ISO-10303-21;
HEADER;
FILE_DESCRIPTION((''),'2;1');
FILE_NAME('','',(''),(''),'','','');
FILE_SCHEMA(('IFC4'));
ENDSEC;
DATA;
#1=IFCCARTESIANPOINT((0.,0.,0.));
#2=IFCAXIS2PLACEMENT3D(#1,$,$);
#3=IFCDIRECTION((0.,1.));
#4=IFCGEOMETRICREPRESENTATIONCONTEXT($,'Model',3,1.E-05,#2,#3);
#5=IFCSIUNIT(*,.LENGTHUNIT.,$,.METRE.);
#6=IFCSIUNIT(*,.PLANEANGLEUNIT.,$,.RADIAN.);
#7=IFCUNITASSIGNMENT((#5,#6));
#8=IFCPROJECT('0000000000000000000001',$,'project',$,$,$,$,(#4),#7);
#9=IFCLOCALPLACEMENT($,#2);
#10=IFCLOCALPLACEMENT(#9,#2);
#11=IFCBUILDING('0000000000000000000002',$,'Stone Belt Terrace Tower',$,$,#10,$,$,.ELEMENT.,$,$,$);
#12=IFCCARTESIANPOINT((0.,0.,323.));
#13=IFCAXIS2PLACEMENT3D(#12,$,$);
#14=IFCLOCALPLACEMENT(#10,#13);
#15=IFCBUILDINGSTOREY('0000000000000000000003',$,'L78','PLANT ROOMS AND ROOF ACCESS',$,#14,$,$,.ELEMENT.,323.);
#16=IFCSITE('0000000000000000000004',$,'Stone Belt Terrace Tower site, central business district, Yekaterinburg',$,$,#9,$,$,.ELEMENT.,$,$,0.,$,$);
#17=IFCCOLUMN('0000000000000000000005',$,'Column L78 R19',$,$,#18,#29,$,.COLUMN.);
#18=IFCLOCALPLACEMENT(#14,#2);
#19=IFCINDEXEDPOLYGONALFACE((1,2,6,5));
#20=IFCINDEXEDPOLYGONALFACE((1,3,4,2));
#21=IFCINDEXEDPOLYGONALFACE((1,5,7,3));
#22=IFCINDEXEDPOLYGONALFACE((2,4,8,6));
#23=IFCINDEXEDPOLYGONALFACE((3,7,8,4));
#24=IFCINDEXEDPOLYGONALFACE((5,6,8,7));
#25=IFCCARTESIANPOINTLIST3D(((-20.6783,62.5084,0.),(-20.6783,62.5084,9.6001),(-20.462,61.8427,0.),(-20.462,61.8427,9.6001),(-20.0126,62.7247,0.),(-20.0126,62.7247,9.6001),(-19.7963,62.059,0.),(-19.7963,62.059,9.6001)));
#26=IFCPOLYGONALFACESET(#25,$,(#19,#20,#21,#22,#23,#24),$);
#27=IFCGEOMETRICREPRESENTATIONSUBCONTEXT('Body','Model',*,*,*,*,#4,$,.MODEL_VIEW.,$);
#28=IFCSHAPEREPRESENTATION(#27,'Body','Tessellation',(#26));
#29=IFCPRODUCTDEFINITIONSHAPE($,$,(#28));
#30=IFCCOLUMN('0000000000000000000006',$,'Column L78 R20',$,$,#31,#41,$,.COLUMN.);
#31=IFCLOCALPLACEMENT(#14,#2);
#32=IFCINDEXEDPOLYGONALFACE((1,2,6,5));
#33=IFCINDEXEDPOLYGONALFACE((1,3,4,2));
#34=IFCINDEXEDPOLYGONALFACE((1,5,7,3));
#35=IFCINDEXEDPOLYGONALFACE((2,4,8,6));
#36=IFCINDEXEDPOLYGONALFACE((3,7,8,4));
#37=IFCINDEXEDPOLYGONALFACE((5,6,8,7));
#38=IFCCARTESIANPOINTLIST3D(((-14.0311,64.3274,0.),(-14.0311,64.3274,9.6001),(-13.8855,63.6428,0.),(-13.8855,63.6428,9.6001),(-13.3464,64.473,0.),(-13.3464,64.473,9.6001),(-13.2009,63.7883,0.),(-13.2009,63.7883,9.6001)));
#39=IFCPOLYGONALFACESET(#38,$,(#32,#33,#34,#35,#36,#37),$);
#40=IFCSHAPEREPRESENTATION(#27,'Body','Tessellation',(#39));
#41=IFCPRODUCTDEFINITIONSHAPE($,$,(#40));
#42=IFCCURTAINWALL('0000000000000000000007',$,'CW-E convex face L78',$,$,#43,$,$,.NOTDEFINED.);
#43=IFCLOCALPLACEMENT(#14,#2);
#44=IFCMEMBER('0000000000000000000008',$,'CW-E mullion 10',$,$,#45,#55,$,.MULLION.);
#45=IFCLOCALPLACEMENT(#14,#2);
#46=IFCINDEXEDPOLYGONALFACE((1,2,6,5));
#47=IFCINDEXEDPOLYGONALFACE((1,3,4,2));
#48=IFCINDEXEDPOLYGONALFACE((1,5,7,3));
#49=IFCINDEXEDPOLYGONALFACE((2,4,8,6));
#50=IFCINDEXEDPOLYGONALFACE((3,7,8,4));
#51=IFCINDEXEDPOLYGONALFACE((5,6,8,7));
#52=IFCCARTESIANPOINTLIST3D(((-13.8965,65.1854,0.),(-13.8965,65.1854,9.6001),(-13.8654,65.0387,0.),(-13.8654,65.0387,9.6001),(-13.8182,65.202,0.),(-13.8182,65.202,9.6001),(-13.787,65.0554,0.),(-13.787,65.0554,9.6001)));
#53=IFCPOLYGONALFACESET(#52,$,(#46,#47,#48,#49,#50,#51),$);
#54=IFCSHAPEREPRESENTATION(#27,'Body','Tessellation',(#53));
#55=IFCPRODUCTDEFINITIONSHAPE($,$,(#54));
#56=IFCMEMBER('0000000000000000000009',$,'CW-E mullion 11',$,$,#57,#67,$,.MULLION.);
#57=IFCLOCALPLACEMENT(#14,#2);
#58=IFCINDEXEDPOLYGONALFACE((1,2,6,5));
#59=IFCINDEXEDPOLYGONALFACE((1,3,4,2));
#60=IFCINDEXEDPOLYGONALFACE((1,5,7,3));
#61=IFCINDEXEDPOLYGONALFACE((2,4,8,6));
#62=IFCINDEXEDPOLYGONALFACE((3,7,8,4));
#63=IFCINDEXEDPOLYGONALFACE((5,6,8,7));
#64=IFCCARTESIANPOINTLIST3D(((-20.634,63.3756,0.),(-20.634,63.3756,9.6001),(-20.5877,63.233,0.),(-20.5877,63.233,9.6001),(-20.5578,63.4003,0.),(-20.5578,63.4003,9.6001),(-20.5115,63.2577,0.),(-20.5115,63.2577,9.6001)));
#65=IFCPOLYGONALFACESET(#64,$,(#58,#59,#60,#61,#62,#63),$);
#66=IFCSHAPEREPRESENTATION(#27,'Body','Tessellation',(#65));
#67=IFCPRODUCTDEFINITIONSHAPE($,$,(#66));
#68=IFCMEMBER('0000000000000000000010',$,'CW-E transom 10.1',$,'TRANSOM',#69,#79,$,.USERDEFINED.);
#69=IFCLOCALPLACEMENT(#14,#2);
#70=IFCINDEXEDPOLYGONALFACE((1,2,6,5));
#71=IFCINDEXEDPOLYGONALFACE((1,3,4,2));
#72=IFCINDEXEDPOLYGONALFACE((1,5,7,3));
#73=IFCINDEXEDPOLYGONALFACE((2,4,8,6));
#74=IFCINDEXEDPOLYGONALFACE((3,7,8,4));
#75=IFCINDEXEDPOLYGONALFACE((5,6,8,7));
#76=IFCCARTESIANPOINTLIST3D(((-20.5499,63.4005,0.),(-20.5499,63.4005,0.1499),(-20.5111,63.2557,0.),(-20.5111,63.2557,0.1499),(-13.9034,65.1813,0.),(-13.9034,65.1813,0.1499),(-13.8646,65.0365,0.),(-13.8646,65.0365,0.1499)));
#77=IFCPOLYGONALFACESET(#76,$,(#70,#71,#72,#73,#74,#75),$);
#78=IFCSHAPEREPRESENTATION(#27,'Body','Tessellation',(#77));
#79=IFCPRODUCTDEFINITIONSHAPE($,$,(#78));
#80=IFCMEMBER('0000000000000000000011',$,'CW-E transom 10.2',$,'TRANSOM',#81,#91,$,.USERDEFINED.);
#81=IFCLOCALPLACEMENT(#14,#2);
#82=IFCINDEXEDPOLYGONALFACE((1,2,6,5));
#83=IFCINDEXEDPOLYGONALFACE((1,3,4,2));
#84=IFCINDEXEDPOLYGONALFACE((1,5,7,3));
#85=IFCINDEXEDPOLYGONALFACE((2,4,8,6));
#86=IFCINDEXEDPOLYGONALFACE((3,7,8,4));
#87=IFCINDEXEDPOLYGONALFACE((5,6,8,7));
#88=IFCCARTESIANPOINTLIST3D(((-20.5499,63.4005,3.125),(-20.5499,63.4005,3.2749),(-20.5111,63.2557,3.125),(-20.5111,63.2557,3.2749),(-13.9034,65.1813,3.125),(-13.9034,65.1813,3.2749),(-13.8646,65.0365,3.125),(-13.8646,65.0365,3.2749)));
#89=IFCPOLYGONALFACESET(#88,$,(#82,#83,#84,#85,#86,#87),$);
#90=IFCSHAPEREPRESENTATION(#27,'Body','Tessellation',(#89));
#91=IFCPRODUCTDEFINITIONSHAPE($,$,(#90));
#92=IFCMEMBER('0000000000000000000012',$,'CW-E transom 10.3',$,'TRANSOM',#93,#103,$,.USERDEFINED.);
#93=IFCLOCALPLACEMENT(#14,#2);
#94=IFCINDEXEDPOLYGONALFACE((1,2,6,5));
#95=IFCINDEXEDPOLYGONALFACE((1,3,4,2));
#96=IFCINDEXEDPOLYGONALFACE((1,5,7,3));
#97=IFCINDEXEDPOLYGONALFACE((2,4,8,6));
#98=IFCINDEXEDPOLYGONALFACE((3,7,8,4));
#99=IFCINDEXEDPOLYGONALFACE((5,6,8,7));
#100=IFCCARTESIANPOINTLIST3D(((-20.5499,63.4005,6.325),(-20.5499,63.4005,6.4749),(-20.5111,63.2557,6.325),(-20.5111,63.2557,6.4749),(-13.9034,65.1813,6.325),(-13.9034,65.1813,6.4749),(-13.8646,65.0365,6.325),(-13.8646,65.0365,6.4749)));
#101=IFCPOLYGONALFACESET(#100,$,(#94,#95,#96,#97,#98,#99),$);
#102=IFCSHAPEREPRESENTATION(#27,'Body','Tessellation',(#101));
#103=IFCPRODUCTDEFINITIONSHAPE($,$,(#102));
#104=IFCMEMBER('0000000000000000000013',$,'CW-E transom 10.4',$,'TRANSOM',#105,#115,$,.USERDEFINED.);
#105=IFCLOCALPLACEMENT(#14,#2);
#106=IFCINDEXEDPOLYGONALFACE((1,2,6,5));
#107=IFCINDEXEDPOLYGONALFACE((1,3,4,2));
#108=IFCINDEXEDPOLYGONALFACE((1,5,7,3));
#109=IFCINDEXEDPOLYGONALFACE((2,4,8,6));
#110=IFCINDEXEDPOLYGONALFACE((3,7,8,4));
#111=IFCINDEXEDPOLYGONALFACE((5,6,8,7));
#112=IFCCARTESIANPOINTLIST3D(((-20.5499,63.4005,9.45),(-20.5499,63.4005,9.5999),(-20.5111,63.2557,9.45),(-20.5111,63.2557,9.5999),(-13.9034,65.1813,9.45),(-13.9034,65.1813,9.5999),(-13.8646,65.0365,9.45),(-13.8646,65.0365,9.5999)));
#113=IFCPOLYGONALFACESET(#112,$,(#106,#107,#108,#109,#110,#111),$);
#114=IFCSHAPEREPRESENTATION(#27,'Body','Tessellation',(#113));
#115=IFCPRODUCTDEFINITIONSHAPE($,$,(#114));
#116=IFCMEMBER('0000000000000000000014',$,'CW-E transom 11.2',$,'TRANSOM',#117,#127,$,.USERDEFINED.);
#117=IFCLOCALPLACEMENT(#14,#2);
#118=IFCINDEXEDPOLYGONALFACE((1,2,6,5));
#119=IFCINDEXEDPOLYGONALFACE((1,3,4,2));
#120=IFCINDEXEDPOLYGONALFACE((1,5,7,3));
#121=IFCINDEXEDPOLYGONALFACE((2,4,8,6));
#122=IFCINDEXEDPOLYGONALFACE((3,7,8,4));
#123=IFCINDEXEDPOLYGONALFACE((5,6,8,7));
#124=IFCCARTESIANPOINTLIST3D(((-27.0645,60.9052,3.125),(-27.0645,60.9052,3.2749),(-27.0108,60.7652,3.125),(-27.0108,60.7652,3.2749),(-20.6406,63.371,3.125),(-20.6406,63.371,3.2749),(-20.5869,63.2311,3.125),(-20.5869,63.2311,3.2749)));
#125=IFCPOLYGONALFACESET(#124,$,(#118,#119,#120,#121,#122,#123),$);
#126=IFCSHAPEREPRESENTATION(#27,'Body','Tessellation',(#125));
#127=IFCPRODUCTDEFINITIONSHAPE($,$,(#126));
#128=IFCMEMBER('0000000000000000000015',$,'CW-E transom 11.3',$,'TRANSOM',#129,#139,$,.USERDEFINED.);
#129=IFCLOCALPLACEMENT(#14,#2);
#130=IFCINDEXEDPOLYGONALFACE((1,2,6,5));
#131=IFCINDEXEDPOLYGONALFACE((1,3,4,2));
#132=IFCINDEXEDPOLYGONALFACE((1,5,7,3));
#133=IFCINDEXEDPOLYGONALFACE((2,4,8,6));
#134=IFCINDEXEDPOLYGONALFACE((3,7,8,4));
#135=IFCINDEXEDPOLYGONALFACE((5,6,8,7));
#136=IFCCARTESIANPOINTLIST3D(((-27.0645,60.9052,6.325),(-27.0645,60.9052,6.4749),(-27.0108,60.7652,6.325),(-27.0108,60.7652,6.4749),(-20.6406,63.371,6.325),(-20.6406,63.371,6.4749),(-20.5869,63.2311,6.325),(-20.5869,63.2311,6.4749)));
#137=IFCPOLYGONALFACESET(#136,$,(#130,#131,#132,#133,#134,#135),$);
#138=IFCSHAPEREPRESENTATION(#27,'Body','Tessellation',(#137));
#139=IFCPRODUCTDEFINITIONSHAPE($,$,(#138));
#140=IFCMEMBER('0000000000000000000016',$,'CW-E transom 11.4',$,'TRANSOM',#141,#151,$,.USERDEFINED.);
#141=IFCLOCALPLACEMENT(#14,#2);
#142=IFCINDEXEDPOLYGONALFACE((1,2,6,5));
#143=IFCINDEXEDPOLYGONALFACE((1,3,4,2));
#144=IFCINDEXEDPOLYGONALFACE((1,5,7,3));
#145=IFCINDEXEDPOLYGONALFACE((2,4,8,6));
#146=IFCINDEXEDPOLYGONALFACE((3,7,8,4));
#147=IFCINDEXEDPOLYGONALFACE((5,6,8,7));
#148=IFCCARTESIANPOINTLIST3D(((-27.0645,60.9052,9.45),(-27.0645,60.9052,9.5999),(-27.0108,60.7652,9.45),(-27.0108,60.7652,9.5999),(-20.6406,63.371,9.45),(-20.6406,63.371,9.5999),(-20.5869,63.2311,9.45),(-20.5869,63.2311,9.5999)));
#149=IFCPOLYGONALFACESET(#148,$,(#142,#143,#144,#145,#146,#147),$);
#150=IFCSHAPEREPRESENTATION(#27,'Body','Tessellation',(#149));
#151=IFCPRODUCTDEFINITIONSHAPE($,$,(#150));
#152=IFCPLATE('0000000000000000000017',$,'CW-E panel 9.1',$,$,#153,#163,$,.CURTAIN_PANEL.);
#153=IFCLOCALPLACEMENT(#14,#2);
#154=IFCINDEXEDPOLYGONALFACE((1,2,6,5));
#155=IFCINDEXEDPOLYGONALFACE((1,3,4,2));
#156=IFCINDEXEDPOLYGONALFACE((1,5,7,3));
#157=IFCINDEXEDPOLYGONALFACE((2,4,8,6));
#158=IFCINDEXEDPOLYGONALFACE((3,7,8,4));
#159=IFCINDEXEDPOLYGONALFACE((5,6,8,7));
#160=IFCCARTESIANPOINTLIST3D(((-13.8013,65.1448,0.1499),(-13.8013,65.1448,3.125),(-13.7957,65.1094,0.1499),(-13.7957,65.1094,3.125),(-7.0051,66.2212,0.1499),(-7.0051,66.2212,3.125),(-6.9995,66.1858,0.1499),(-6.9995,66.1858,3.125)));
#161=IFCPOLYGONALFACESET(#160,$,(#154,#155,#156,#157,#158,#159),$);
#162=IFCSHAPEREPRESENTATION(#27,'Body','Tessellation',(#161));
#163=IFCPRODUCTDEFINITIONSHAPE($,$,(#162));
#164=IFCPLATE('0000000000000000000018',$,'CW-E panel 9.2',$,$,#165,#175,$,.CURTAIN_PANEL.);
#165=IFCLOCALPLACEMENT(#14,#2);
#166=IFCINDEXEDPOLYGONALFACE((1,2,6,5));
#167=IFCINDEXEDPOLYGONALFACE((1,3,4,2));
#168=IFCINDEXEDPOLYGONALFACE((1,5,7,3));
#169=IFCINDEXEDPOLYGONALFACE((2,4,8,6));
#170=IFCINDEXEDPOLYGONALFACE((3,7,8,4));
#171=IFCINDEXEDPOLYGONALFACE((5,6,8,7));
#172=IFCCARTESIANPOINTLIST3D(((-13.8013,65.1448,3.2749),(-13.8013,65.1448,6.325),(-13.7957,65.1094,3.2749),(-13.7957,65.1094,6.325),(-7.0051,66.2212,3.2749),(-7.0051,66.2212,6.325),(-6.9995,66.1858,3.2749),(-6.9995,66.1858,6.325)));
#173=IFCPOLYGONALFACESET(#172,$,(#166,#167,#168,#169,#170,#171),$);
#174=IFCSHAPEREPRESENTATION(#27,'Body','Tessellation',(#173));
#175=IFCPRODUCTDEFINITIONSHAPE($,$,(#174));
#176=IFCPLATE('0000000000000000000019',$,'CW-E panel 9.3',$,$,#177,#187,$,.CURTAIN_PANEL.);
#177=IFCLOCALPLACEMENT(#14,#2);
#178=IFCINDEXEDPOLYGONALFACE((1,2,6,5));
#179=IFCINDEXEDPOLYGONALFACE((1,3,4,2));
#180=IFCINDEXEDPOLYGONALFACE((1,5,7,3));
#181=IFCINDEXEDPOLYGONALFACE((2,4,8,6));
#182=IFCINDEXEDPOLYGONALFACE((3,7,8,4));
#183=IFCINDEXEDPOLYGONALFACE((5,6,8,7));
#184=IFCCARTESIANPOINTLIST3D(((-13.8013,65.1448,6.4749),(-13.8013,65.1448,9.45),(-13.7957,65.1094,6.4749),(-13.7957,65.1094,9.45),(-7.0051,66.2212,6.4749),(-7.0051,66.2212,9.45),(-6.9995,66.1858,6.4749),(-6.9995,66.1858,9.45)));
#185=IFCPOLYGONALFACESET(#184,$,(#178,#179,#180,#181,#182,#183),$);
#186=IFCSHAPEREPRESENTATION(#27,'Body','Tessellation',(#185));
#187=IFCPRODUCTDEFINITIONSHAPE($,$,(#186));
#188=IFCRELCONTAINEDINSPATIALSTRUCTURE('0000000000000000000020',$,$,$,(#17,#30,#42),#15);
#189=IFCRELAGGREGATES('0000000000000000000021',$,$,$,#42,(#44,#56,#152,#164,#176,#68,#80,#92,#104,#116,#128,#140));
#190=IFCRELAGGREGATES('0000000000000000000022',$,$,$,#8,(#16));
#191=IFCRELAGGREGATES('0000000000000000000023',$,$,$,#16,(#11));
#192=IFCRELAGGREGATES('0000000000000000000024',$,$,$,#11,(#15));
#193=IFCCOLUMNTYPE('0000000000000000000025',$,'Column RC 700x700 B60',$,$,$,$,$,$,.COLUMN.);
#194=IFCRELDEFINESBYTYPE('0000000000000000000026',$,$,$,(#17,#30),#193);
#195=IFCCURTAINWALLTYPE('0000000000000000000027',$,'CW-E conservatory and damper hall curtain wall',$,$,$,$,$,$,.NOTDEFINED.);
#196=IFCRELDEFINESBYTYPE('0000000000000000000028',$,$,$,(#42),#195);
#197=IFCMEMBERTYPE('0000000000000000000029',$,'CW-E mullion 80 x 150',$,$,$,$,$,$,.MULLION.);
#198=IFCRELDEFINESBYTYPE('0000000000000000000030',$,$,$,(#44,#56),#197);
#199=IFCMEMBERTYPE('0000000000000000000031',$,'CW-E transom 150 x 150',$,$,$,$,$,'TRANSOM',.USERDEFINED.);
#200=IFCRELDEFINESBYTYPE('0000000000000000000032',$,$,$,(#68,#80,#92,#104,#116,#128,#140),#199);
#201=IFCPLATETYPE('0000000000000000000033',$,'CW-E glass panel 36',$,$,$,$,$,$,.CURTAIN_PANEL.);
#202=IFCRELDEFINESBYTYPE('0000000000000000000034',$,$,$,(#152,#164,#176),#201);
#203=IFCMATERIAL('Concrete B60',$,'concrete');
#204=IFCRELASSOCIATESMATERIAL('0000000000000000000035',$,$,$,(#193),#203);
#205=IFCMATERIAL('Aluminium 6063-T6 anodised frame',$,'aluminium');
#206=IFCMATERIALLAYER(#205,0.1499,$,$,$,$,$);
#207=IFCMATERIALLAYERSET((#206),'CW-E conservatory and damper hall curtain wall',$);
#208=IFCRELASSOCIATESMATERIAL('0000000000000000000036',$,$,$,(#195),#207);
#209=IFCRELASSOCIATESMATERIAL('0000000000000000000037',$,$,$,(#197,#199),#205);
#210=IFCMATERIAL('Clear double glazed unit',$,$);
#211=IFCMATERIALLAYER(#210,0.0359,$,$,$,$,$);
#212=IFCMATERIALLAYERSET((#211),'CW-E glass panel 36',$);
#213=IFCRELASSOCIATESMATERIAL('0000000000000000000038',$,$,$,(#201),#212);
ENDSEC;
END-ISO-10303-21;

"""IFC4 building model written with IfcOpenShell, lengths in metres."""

from ifc_helpers import new_model, si_unit, direction, frame, origin, origin_2d, place, context, subcontext, project, spatial, rectangle, extrude, material, layer, layer_set, material_profile, profile_set, type_object, element, aggregate, save


model = new_model("IFC4")

# Units and contexts
model_context = context("Model", 3, precision=1e-05, world=origin(), true_north=direction((0.0, 1.0)))
body_context = subcontext(model_context, "Body", "Model", "MODEL_VIEW")
ifc_project = project(units=[si_unit("LENGTHUNIT", "METRE"), si_unit("PLANEANGLEUNIT", "RADIAN")], contexts=[model_context])

# Site, building, storey
site_placement = place(None, origin())
site = spatial("IfcSite", under=ifc_project, at=site_placement, Name="Stone Belt Terrace Tower site, central business district, Yekaterinburg", CompositionType="ELEMENT", RefElevation=0.0)
building_placement = place(site_placement, origin())
building = spatial("IfcBuilding", under=site, at=building_placement, Name="Stone Belt Terrace Tower", CompositionType="ELEMENT")
storey_placement = place(building_placement, frame((0.0, 0.0, 323.0)))
storey = spatial("IfcBuildingStorey", under=building, at=storey_placement, Name="L78", Description="PLANT ROOMS AND ROOF ACCESS", CompositionType="ELEMENT", Elevation=323.0)

# Columns
ifc_material_1 = material(Name="Concrete B60", Category="concrete")
ifc_material_profile_1 = material_profile(ifc_material_1, rectangle(XDim=0.7, YDim=0.7, at=origin_2d()), Name="RC 700x700")
ifc_profile_set_1 = profile_set([ifc_material_profile_1], Name="Concrete B60")
column_type = type_object("IfcColumnType", Name="Column RC 700x700 B60", PredefinedType="COLUMN", material=ifc_profile_set_1)
for number, where, z_axis, x_axis, name in (
    (1, (-20.2373, 62.2837, 0.0), (0.0, 0.0, 1.0), (0.951057, 0.309017, 0.0), "Column L78 R19"),
    (2, (-13.616, 64.0579, 0.0), (0.0, 0.0, 1.0), (0.978148, 0.207912, 0.0), "Column L78 R20"),
):
    element("IfcColumn", number, at=place(storey_placement, frame(where, z_axis=z_axis, x_axis=x_axis)), inside=storey, type_object=column_type, Name=name, PredefinedType="COLUMN", context=body_context, shape_type="SweptSolid", body=[
        extrude(rectangle(XDim=0.7, YDim=0.7, at=origin_2d()), origin(), (0.0, 0.0, 1.0), 9.6001),
    ])

# Curtain wall, members, plates
ifc_material_2 = material(Name="Aluminium 6063-T6 anodised frame", Category="aluminium")
ifc_layer_1 = layer(ifc_material_2, 0.1499)
ifc_layer_set_1 = layer_set([ifc_layer_1], Name="CW-E conservatory and damper hall curtain wall")
curtain_wall_type = type_object("IfcCurtainWallType", Name="CW-E conservatory and damper hall curtain wall", PredefinedType="NOTDEFINED", material=ifc_layer_set_1)
curtain_wall_placement = place(storey_placement, origin())
curtain_wall = element("IfcCurtainWall", 3, at=curtain_wall_placement, inside=storey, type_object=curtain_wall_type, Name="CW-E convex face L78", PredefinedType="NOTDEFINED")
ifc_material_profile_2 = material_profile(ifc_material_2, rectangle(XDim=0.1499, YDim=0.0801, at=origin_2d()), Name="Aluminium 6063-T6 80x150")
ifc_profile_set_2 = profile_set([ifc_material_profile_2], Name="Aluminium 6063-T6 anodised frame")
member_type_1 = type_object("IfcMemberType", Name="CW-E mullion 80 x 150", PredefinedType="MULLION", material=ifc_profile_set_2)
member_1_placement = place(storey_placement, frame((-13.8418, 65.1204, 0.0), z_axis=(0.0, 0.0, 1.0), x_axis=(0.207912, -0.978148, 0.0)))
member_1 = element("IfcMember", 4, at=member_1_placement, type_object=member_type_1, Name="CW-E mullion 10", PredefinedType="MULLION", context=body_context, shape_type="SweptSolid", body=[
    extrude(rectangle(XDim=0.1499, YDim=0.0801, at=origin_2d()), origin(), (0.0, 0.0, 1.0), 9.6001),
])
member_2_placement = place(storey_placement, frame((-20.5728, 63.3167, 0.0), z_axis=(0.0, 0.0, 1.0), x_axis=(0.309017, -0.951057, 0.0)))
member_2 = element("IfcMember", 5, at=member_2_placement, type_object=member_type_1, Name="CW-E mullion 11", PredefinedType="MULLION", context=body_context, shape_type="SweptSolid", body=[
    extrude(rectangle(XDim=0.1499, YDim=0.0801, at=origin_2d()), origin(), (0.0, 0.0, 1.0), 9.6001),
])
ifc_material_profile_3 = material_profile(ifc_material_2, rectangle(XDim=0.1499, YDim=0.1499, at=origin_2d()), Name="Aluminium 6063-T6 150x150")
ifc_profile_set_3 = profile_set([ifc_material_profile_3], Name="Aluminium 6063-T6 anodised frame")
member_type_2 = type_object("IfcMemberType", Name="CW-E transom 150 x 150", ElementType="TRANSOM", PredefinedType="USERDEFINED", material=ifc_profile_set_3)
member_3_placement = place(storey_placement, frame((-13.884, 65.1089, 0.075), z_axis=(-0.965932, -0.258798, 0.0), x_axis=(0.258798, -0.965932, 0.0)))
member_3 = element("IfcMember", 6, at=member_3_placement, type_object=member_type_2, Name="CW-E transom 10.1", ObjectType="TRANSOM", PredefinedType="USERDEFINED", context=body_context, shape_type="SweptSolid", body=[
    extrude(rectangle(XDim=0.1499, YDim=0.1499, at=origin_2d()), origin(), (0.0, 0.0, 1.0), 6.8809),
])
member_4_placement = place(storey_placement, frame((-13.884, 65.1089, 3.2), z_axis=(-0.965932, -0.258798, 0.0), x_axis=(0.258798, -0.965932, 0.0)))
member_4 = element("IfcMember", 7, at=member_4_placement, type_object=member_type_2, Name="CW-E transom 10.2", ObjectType="TRANSOM", PredefinedType="USERDEFINED", context=body_context, shape_type="SweptSolid", body=[
    extrude(rectangle(XDim=0.1499, YDim=0.1499, at=origin_2d()), origin(), (0.0, 0.0, 1.0), 6.8809),
])
member_5_placement = place(storey_placement, frame((-13.884, 65.1089, 6.3999), z_axis=(-0.965932, -0.258798, 0.0), x_axis=(0.258798, -0.965932, 0.0)))
member_5 = element("IfcMember", 8, at=member_5_placement, type_object=member_type_2, Name="CW-E transom 10.3", ObjectType="TRANSOM", PredefinedType="USERDEFINED", context=body_context, shape_type="SweptSolid", body=[
    extrude(rectangle(XDim=0.1499, YDim=0.1499, at=origin_2d()), origin(), (0.0, 0.0, 1.0), 6.8809),
])
member_6_placement = place(storey_placement, frame((-13.884, 65.1089, 9.5249), z_axis=(-0.965932, -0.258798, 0.0), x_axis=(0.258798, -0.965932, 0.0)))
member_6 = element("IfcMember", 9, at=member_6_placement, type_object=member_type_2, Name="CW-E transom 10.4", ObjectType="TRANSOM", PredefinedType="USERDEFINED", context=body_context, shape_type="SweptSolid", body=[
    extrude(rectangle(XDim=0.1499, YDim=0.1499, at=origin_2d()), origin(), (0.0, 0.0, 1.0), 6.8809),
])
member_7_placement = place(storey_placement, frame((-20.6138, 63.301, 3.2), z_axis=(-0.933583, -0.358361, 0.0), x_axis=(0.358361, -0.933583, 0.0)))
member_7 = element("IfcMember", 10, at=member_7_placement, type_object=member_type_2, Name="CW-E transom 11.2", ObjectType="TRANSOM", PredefinedType="USERDEFINED", context=body_context, shape_type="SweptSolid", body=[
    extrude(rectangle(XDim=0.1499, YDim=0.1499, at=origin_2d()), origin(), (0.0, 0.0, 1.0), 6.8809),
])
member_8_placement = place(storey_placement, frame((-20.6138, 63.301, 6.3999), z_axis=(-0.933583, -0.358361, 0.0), x_axis=(0.358361, -0.933583, 0.0)))
member_8 = element("IfcMember", 11, at=member_8_placement, type_object=member_type_2, Name="CW-E transom 11.3", ObjectType="TRANSOM", PredefinedType="USERDEFINED", context=body_context, shape_type="SweptSolid", body=[
    extrude(rectangle(XDim=0.1499, YDim=0.1499, at=origin_2d()), origin(), (0.0, 0.0, 1.0), 6.8809),
])
member_9_placement = place(storey_placement, frame((-20.6138, 63.301, 9.5249), z_axis=(-0.933583, -0.358361, 0.0), x_axis=(0.358361, -0.933583, 0.0)))
member_9 = element("IfcMember", 12, at=member_9_placement, type_object=member_type_2, Name="CW-E transom 11.4", ObjectType="TRANSOM", PredefinedType="USERDEFINED", context=body_context, shape_type="SweptSolid", body=[
    extrude(rectangle(XDim=0.1499, YDim=0.1499, at=origin_2d()), origin(), (0.0, 0.0, 1.0), 6.8809),
])
ifc_material_3 = material(Name="Clear double glazed unit")
ifc_layer_2 = layer(ifc_material_3, 0.0359)
ifc_layer_set_2 = layer_set([ifc_layer_2], Name="CW-E glass panel 36")
plate_type = type_object("IfcPlateType", Name="CW-E glass panel 36", PredefinedType="CURTAIN_PANEL", material=ifc_layer_set_2)
plate_1_placement = place(storey_placement, frame((-10.4004, 65.6653, 0.1499), z_axis=(0.0, 0.0, 1.0), x_axis=(-0.987688, -0.156434, 0.0)))
plate_1 = element("IfcPlate", 13, at=plate_1_placement, type_object=plate_type, Name="CW-E panel 9.1", PredefinedType="CURTAIN_PANEL", context=body_context, shape_type="SweptSolid", body=[
    extrude(rectangle(XDim=6.8809, YDim=0.0359, at=origin_2d()), origin(), (0.0, 0.0, 1.0), 2.9751),
])
plate_2_placement = place(storey_placement, frame((-10.4004, 65.6653, 3.2749), z_axis=(0.0, 0.0, 1.0), x_axis=(-0.987688, -0.156434, 0.0)))
plate_2 = element("IfcPlate", 14, at=plate_2_placement, type_object=plate_type, Name="CW-E panel 9.2", PredefinedType="CURTAIN_PANEL", context=body_context, shape_type="SweptSolid", body=[
    extrude(rectangle(XDim=6.8809, YDim=0.0359, at=origin_2d()), origin(), (0.0, 0.0, 1.0), 3.05),
])
plate_3_placement = place(storey_placement, frame((-10.4004, 65.6653, 6.4749), z_axis=(0.0, 0.0, 1.0), x_axis=(-0.987688, -0.156434, 0.0)))
plate_3 = element("IfcPlate", 15, at=plate_3_placement, type_object=plate_type, Name="CW-E panel 9.3", PredefinedType="CURTAIN_PANEL", context=body_context, shape_type="SweptSolid", body=[
    extrude(rectangle(XDim=6.8809, YDim=0.0359, at=origin_2d()), origin(), (0.0, 0.0, 1.0), 2.9751),
])
aggregate(curtain_wall, [member_1, member_2, plate_1, plate_2, plate_3, member_3, member_4, member_5, member_6, member_7, member_8, member_9])

save(model, "model.ifc")
